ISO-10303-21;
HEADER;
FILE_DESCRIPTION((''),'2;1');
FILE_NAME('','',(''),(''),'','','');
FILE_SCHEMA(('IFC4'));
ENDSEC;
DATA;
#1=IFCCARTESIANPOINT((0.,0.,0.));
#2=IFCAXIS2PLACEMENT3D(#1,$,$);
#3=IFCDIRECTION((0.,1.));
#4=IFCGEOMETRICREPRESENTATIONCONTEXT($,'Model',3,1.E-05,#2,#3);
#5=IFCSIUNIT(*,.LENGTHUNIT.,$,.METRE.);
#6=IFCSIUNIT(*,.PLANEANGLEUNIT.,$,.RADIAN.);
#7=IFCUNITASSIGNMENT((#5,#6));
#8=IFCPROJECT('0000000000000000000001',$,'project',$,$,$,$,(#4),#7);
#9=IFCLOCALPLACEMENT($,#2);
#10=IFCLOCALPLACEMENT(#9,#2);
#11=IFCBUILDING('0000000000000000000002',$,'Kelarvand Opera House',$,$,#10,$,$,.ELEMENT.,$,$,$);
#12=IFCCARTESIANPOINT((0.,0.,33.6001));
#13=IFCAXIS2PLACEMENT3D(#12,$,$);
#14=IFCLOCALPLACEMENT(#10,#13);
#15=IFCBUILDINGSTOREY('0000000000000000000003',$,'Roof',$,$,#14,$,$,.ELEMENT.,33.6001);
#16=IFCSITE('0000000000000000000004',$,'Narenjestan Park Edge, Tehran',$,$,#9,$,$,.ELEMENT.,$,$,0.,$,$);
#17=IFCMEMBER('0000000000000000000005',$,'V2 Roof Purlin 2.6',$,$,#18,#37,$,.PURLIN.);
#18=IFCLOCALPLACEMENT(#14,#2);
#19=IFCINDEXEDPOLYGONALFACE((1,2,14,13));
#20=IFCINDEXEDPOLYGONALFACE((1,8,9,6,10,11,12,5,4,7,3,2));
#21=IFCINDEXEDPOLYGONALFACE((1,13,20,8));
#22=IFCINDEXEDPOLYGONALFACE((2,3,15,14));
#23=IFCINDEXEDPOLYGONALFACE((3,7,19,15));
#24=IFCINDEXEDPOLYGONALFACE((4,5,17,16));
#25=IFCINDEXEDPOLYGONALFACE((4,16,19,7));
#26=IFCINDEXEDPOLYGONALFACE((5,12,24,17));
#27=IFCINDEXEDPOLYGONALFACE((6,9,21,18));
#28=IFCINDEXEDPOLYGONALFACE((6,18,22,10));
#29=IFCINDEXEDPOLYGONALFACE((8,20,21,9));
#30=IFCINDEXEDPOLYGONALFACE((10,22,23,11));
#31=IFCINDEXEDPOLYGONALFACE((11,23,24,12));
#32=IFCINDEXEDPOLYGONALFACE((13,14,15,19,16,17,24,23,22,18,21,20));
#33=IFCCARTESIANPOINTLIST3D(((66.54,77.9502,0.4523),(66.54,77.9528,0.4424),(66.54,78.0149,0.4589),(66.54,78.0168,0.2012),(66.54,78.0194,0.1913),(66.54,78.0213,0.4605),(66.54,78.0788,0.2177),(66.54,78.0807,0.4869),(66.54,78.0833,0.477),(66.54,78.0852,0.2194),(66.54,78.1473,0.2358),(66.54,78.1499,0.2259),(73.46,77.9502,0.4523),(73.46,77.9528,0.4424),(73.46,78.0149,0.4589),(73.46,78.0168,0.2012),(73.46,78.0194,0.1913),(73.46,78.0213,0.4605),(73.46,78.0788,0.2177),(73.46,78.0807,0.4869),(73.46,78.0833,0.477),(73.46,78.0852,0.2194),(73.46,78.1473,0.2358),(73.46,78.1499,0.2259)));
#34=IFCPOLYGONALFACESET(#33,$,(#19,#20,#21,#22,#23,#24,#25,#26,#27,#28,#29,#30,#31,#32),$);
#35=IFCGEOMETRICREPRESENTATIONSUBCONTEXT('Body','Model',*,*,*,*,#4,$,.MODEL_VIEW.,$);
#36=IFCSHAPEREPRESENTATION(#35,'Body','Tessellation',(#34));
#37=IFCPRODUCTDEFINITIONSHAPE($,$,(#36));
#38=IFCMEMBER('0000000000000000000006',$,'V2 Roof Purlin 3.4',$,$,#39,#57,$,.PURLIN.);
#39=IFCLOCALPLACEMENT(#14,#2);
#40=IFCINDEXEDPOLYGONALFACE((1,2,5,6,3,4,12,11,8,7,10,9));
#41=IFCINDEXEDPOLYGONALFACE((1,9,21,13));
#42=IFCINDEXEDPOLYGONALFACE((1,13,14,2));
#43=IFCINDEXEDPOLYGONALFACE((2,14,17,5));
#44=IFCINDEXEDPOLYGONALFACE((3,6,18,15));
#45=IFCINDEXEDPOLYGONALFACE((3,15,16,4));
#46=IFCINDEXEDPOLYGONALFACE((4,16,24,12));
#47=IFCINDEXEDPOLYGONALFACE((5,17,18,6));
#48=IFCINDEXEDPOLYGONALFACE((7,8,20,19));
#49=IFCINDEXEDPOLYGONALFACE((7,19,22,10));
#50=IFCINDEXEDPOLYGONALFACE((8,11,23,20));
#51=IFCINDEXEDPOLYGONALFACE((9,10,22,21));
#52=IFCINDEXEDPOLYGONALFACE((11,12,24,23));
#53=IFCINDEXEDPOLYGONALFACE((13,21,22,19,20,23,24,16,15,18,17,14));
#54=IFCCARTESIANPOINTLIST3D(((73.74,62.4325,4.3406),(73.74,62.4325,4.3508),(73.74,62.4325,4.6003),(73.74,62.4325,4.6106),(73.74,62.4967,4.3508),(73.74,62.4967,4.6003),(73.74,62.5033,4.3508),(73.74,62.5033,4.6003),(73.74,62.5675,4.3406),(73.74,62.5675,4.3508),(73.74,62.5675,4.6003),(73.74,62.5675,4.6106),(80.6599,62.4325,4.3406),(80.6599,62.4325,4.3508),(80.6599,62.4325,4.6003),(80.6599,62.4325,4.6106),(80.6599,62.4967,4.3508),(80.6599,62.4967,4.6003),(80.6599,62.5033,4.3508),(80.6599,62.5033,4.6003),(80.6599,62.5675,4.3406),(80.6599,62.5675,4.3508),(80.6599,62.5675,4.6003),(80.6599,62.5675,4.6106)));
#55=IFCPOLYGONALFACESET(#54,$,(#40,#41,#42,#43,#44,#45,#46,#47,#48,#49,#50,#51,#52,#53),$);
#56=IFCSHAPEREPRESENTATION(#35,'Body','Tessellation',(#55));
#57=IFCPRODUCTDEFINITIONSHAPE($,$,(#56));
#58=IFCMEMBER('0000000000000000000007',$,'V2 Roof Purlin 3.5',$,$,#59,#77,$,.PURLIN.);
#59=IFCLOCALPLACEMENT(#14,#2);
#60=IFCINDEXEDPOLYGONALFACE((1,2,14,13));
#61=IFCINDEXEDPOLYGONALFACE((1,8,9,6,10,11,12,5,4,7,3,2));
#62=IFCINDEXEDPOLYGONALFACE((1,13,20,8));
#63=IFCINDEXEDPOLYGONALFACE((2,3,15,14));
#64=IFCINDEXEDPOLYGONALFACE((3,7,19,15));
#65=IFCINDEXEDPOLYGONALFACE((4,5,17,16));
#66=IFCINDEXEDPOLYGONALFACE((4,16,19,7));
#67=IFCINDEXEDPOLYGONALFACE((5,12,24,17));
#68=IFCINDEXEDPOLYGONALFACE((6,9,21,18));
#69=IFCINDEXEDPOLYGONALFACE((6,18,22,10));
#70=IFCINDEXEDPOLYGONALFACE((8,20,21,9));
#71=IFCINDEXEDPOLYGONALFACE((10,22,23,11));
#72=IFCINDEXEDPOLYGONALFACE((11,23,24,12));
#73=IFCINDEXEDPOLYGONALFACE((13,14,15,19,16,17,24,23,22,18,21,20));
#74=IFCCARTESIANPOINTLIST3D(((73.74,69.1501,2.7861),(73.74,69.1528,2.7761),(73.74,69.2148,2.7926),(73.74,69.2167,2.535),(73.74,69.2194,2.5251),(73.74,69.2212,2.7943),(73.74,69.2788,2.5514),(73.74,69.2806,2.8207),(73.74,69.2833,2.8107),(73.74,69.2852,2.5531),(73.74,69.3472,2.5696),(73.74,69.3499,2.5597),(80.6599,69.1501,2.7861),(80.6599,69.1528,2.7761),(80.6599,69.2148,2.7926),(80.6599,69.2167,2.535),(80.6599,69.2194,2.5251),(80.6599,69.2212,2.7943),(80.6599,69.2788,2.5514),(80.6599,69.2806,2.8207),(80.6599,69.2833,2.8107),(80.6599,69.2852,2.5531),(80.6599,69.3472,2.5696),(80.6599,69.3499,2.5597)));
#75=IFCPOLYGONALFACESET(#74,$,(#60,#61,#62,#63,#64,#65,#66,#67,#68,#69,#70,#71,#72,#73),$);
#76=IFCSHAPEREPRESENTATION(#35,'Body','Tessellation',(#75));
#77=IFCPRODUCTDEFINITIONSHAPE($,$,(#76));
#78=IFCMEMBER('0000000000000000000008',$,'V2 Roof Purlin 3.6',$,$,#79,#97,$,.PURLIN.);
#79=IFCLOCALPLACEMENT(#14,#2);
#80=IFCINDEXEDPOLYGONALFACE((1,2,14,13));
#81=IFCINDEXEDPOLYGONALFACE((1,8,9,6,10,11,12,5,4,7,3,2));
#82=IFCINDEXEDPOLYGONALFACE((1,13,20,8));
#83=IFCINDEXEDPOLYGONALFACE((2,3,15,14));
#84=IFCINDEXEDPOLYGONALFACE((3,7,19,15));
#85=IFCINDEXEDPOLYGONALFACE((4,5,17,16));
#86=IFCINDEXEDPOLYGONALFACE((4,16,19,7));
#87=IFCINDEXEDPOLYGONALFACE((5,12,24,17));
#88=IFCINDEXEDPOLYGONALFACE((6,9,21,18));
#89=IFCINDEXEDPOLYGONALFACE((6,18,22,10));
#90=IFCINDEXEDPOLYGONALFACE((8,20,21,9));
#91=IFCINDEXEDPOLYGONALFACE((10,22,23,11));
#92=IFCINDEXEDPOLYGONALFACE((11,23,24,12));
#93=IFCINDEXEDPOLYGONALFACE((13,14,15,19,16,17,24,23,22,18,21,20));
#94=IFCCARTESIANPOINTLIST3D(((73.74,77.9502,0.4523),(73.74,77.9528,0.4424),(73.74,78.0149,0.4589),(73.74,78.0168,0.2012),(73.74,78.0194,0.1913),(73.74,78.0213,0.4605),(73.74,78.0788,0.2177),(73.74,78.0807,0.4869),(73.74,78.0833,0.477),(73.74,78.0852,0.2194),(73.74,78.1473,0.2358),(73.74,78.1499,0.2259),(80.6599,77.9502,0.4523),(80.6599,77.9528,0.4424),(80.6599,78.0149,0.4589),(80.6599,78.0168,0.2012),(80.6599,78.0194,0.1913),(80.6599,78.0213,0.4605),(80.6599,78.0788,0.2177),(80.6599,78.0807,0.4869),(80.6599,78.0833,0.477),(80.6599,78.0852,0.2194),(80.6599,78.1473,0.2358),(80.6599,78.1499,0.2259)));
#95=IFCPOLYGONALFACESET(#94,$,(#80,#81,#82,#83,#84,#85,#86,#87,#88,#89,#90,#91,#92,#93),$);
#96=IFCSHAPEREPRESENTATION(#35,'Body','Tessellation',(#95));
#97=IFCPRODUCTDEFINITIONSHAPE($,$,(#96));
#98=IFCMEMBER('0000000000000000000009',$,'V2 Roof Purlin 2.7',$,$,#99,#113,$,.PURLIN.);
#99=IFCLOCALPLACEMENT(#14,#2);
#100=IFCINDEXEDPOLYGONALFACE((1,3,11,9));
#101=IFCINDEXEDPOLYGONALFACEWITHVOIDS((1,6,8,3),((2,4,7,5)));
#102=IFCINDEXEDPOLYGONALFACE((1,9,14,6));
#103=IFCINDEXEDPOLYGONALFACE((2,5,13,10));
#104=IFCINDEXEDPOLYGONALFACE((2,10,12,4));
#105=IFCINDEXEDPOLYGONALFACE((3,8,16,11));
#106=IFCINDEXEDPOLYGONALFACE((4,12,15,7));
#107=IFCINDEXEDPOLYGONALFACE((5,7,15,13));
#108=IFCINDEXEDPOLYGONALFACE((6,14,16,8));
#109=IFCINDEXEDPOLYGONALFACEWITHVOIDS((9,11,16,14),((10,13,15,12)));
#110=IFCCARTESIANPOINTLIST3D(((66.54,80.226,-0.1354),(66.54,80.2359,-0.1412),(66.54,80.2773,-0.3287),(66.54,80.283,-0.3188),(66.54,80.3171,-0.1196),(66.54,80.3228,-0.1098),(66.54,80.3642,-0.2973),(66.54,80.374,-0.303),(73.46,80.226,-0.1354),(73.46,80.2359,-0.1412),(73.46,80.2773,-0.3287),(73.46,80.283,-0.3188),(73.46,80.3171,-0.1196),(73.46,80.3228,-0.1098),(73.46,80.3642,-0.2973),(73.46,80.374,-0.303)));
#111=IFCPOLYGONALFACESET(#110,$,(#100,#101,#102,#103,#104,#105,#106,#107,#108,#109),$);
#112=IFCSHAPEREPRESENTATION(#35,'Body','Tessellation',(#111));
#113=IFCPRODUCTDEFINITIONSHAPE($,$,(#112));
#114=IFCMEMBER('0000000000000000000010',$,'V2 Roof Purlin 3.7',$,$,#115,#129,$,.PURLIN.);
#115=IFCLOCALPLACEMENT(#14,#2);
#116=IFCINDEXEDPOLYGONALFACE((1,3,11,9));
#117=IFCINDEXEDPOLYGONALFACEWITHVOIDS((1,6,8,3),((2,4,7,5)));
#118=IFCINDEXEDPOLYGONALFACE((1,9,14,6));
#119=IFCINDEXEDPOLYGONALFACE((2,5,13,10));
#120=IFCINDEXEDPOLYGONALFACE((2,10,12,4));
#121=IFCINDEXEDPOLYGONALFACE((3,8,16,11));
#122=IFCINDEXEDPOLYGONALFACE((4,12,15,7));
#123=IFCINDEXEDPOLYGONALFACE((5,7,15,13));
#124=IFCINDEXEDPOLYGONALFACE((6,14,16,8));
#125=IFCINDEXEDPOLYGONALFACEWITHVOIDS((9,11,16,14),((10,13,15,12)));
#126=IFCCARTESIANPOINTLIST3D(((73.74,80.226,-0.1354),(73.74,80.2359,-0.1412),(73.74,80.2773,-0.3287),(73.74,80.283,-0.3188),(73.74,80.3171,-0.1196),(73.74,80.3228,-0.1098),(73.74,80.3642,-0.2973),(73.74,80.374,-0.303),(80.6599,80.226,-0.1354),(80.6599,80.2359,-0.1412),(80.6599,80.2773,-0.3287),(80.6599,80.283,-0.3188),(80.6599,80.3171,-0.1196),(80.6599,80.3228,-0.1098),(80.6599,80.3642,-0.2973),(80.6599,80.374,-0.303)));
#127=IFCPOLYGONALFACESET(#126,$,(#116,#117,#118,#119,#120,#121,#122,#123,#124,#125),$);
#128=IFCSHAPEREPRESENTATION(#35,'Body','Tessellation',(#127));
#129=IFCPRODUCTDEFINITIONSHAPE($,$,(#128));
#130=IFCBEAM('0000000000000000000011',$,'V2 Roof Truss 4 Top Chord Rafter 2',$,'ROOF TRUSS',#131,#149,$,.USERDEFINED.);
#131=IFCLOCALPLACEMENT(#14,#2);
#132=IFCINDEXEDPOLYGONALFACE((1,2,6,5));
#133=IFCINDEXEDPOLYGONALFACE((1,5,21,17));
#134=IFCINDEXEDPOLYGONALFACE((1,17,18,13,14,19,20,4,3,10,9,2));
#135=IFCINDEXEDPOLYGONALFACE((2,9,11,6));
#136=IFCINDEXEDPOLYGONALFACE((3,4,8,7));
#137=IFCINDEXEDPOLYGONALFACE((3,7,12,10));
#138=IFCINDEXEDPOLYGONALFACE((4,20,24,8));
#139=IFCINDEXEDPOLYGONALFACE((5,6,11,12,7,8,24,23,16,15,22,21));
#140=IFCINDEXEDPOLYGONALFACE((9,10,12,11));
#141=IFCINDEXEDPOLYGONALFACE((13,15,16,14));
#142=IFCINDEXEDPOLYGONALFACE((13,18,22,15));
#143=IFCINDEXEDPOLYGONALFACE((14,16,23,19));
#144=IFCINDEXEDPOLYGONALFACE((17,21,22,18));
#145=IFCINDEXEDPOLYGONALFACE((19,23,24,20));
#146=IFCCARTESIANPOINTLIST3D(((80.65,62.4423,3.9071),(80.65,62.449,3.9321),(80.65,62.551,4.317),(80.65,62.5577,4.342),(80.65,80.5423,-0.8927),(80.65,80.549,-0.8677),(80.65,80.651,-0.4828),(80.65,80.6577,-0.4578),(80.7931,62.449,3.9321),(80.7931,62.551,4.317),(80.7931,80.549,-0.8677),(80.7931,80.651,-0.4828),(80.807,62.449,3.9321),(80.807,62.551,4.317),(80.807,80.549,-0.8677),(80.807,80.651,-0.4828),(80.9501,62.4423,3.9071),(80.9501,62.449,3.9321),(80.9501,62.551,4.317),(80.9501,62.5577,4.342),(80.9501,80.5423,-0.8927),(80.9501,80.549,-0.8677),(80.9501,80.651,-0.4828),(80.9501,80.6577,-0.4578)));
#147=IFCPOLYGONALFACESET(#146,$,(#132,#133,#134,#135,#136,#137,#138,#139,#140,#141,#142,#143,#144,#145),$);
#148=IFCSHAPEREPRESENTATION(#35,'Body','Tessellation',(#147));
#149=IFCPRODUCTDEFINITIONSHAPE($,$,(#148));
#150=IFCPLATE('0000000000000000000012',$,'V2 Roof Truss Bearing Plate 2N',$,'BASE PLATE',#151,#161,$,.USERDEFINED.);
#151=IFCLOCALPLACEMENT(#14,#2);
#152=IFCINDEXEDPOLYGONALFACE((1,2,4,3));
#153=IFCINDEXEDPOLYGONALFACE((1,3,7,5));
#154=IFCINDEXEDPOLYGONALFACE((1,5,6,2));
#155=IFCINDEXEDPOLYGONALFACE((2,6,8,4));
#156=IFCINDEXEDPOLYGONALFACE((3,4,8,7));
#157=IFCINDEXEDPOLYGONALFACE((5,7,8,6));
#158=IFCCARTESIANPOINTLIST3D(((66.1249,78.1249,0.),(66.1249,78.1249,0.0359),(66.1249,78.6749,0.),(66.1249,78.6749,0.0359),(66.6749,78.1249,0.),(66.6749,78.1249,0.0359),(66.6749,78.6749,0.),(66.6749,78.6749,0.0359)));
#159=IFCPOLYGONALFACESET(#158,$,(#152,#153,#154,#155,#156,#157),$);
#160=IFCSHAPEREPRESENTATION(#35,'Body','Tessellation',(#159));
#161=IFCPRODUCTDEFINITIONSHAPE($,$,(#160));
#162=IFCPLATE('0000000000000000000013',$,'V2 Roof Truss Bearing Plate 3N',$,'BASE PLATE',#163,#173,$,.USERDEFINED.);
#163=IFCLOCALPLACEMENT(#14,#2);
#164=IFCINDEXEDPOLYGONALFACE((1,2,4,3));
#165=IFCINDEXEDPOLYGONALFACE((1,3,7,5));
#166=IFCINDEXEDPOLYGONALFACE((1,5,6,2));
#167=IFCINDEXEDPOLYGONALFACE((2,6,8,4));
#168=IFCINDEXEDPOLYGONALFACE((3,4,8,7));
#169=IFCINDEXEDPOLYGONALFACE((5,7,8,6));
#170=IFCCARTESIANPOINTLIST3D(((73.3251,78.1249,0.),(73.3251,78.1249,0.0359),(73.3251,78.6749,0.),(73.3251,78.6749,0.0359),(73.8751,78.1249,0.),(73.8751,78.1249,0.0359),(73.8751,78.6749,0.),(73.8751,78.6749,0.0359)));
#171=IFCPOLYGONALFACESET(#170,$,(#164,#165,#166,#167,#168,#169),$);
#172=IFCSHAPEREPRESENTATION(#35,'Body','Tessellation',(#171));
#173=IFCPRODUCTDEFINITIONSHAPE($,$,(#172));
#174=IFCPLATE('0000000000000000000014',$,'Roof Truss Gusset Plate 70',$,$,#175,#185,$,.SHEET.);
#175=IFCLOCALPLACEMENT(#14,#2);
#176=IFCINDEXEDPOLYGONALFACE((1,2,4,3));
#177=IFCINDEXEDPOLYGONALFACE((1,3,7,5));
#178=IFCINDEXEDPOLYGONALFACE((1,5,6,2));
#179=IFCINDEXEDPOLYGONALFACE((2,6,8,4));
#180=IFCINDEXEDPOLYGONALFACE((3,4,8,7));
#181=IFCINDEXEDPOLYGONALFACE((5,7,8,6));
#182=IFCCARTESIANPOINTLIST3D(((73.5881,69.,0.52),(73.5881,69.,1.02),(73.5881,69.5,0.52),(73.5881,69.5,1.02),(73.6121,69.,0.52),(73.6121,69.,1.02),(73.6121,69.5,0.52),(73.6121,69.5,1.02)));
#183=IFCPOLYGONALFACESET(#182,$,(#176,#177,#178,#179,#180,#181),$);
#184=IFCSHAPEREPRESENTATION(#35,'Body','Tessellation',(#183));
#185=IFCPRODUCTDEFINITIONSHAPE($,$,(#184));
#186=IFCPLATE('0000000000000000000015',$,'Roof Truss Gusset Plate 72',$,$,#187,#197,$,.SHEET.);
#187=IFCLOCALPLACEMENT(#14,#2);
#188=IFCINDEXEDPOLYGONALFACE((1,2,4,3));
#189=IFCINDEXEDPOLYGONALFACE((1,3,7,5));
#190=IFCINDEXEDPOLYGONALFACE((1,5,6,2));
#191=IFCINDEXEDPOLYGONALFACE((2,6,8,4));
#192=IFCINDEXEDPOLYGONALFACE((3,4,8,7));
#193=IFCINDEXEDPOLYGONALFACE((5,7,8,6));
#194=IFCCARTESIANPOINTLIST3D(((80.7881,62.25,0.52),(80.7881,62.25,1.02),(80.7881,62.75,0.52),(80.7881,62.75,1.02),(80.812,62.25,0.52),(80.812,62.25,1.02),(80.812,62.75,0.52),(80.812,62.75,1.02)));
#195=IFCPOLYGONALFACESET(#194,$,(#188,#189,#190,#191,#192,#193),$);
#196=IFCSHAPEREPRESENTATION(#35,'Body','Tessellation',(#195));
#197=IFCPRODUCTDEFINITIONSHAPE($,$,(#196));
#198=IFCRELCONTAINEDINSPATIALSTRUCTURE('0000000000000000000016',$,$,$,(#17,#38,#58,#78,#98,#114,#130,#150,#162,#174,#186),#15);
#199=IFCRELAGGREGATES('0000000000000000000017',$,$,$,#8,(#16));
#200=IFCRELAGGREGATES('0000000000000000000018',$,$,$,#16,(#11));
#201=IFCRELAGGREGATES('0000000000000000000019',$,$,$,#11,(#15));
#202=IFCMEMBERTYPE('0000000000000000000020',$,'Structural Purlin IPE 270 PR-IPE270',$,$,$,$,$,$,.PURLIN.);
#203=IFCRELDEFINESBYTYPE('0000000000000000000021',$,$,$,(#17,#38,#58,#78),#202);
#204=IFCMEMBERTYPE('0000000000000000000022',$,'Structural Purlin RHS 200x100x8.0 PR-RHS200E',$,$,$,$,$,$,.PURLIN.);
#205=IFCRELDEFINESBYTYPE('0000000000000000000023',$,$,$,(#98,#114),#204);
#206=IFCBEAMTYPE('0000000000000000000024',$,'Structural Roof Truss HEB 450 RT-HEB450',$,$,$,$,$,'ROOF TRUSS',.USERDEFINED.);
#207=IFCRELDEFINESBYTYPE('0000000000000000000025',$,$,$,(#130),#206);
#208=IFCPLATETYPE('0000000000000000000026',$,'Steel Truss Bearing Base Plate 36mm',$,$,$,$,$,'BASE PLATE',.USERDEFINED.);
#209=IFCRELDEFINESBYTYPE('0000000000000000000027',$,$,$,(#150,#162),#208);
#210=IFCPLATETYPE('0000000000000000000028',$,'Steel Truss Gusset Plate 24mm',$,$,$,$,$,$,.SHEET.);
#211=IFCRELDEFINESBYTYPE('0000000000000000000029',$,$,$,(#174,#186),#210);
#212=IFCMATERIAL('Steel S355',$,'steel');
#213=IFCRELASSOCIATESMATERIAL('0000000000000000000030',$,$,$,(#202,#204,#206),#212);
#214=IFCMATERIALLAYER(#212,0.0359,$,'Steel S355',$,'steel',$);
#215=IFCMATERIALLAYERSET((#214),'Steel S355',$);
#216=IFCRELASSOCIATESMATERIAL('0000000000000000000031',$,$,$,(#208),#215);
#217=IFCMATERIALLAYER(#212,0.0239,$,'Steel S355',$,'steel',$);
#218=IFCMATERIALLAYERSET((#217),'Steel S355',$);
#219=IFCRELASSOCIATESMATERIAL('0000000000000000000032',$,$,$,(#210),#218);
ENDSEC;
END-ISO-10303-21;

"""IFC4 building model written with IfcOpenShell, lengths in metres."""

from ifc_helpers import new_model, si_unit, direction, frame, origin, origin_2d, place, context, subcontext, project, spatial, rectangle, hollow_rectangle, i_section, extrude, material, layer, layer_set, material_profile, profile_set, type_object, element, save


model = new_model("IFC4")

# Units and contexts
model_context = context("Model", 3, precision=1e-05, world=origin(), true_north=direction((0.0, 1.0)))
body_context = subcontext(model_context, "Body", "Model", "MODEL_VIEW")
ifc_project = project(units=[si_unit("LENGTHUNIT", "METRE"), si_unit("PLANEANGLEUNIT", "RADIAN")], contexts=[model_context])

# Site, building, storey
site_placement = place(None, origin())
site = spatial("IfcSite", under=ifc_project, at=site_placement, Name="Narenjestan Park Edge, Tehran", CompositionType="ELEMENT", RefElevation=0.0)
building_placement = place(site_placement, origin())
building = spatial("IfcBuilding", under=site, at=building_placement, Name="Kelarvand Opera House", CompositionType="ELEMENT")
storey_placement = place(building_placement, frame((0.0, 0.0, 33.6001)))
storey = spatial("IfcBuildingStorey", under=building, at=storey_placement, Name="Roof", CompositionType="ELEMENT", Elevation=33.6001)

# Members
ifc_material = material(Name="Steel S355", Category="steel")
ifc_material_profile_1 = material_profile(ifc_material, i_section(OverallWidth=0.135, OverallDepth=0.27, WebThickness=0.0066, FlangeThickness=0.0103, at=origin_2d()), Name="IPE 270", Category="steel")
ifc_profile_set_1 = profile_set([ifc_material_profile_1], Name="Steel S355")
member_type_1 = type_object("IfcMemberType", Name="Structural Purlin IPE 270 PR-IPE270", PredefinedType="PURLIN", material=ifc_profile_set_1)
for number, where, z_axis, x_axis, name in (
    (1, (66.54, 78.05, 0.3391), (1.0, 0.0, 0.0), (0.0, 0.9666, 0.256289), "V2 Roof Purlin 2.6"),
    (2, (73.74, 62.5, 4.4756), (1.0, 0.0, 0.0), (0.0, 1.0, 0.0), "V2 Roof Purlin 3.4"),
    (3, (73.74, 69.25, 2.6729), (1.0, 0.0, 0.0), (0.0, 0.9666, 0.256289), "V2 Roof Purlin 3.5"),
    (4, (73.74, 78.05, 0.3391), (1.0, 0.0, 0.0), (0.0, 0.9666, 0.256289), "V2 Roof Purlin 3.6"),
):
    element("IfcMember", number, at=place(storey_placement, frame(where, z_axis=z_axis, x_axis=x_axis)), inside=storey, type_object=member_type_1, Name=name, PredefinedType="PURLIN", context=body_context, shape_type="SweptSolid", body=[
        extrude(i_section(OverallWidth=0.135, OverallDepth=0.27, WebThickness=0.0066, FlangeThickness=0.0103, at=origin_2d()), origin(), (0.0, 0.0, 1.0), 6.9199),
    ])
ifc_material_profile_2 = material_profile(ifc_material, hollow_rectangle(XDim=0.1001, YDim=0.2, WallThickness=0.0081, at=origin_2d()), Name="RHS 200x100x8.0", Category="steel")
ifc_profile_set_2 = profile_set([ifc_material_profile_2], Name="Steel S355")
member_type_2 = type_object("IfcMemberType", Name="Structural Purlin RHS 200x100x8.0 PR-RHS200E", PredefinedType="PURLIN", material=ifc_profile_set_2)
for number, where, z_axis, x_axis, name in (
    (5, (66.54, 80.3, -0.2192), (1.0, 0.0, 0.0), (0.0, 0.9666, 0.256289), "V2 Roof Purlin 2.7"),
    (6, (73.74, 80.3, -0.2192), (1.0, 0.0, 0.0), (0.0, 0.9666, 0.256289), "V2 Roof Purlin 3.7"),
):
    element("IfcMember", number, at=place(storey_placement, frame(where, z_axis=z_axis, x_axis=x_axis)), inside=storey, type_object=member_type_2, Name=name, PredefinedType="PURLIN", context=body_context, shape_type="SweptSolid", body=[
        extrude(hollow_rectangle(XDim=0.1001, YDim=0.2, WallThickness=0.0081, at=origin_2d()), origin(), (0.0, 0.0, 1.0), 6.9199),
    ])

# Beam
ifc_material_profile_3 = material_profile(ifc_material, i_section(OverallWidth=0.3, OverallDepth=0.45, WebThickness=0.0139, FlangeThickness=0.0259, at=origin_2d()), Name="HEB 450", Category="steel")
ifc_profile_set_3 = profile_set([ifc_material_profile_3], Name="Steel S355")
beam_type = type_object("IfcBeamType", Name="Structural Roof Truss HEB 450 RT-HEB450", ElementType="ROOF TRUSS", PredefinedType="USERDEFINED", material=ifc_profile_set_3)
beam_placement = place(storey_placement, frame((80.8, 62.5, 4.1245), z_axis=(0.0, 0.966591, -0.256322), x_axis=(-1.0, 0.0, 0.0)))
element("IfcBeam", 7, at=beam_placement, inside=storey, type_object=beam_type, Name="V2 Roof Truss 4 Top Chord Rafter 2", ObjectType="ROOF TRUSS", PredefinedType="USERDEFINED", context=body_context, shape_type="SweptSolid", body=[
    extrude(i_section(OverallWidth=0.3, OverallDepth=0.45, WebThickness=0.0139, FlangeThickness=0.0259, at=origin_2d()), origin(), (0.0, 0.0, 1.0), 18.7256),
])

# Plates
ifc_layer_1 = layer(ifc_material, 0.0359, Name="Steel S355", Category="steel")
ifc_layer_set_1 = layer_set([ifc_layer_1], Name="Steel S355")
plate_type_1 = type_object("IfcPlateType", Name="Steel Truss Bearing Base Plate 36mm", ElementType="BASE PLATE", PredefinedType="USERDEFINED", material=ifc_layer_set_1)
for number, where, z_axis, x_axis, name in (
    (8, (66.3999, 78.3999, 0.0), (0.0, 0.0, 1.0), (1.0, 0.0, 0.0), "V2 Roof Truss Bearing Plate 2N"),
    (9, (73.6001, 78.3999, 0.0), (0.0, 0.0, 1.0), (1.0, 0.0, 0.0), "V2 Roof Truss Bearing Plate 3N"),
):
    element("IfcPlate", number, at=place(storey_placement, frame(where, z_axis=z_axis, x_axis=x_axis)), inside=storey, type_object=plate_type_1, Name=name, ObjectType="BASE PLATE", PredefinedType="USERDEFINED", context=body_context, shape_type="SweptSolid", body=[
        extrude(rectangle(XDim=0.55, YDim=0.55, at=origin_2d()), origin(), (0.0, 0.0, 1.0), 0.0359),
    ])
ifc_layer_2 = layer(ifc_material, 0.0239, Name="Steel S355", Category="steel")
ifc_layer_set_2 = layer_set([ifc_layer_2], Name="Steel S355")
plate_type_2 = type_object("IfcPlateType", Name="Steel Truss Gusset Plate 24mm", PredefinedType="SHEET", material=ifc_layer_set_2)
for number, where, z_axis, x_axis, name in (
    (10, (73.6001, 69.25, 0.52), (0.0, 0.0, 1.0), (1.0, 0.0, 0.0), "Roof Truss Gusset Plate 70"),
    (11, (80.8, 62.5, 0.52), (0.0, 0.0, 1.0), (1.0, 0.0, 0.0), "Roof Truss Gusset Plate 72"),
):
    element("IfcPlate", number, at=place(storey_placement, frame(where, z_axis=z_axis, x_axis=x_axis)), inside=storey, type_object=plate_type_2, Name=name, PredefinedType="SHEET", context=body_context, shape_type="SweptSolid", body=[
        extrude(rectangle(XDim=0.0239, YDim=0.5, at=origin_2d()), origin(), (0.0, 0.0, 1.0), 0.5),
    ])

save(model, "model.ifc")
